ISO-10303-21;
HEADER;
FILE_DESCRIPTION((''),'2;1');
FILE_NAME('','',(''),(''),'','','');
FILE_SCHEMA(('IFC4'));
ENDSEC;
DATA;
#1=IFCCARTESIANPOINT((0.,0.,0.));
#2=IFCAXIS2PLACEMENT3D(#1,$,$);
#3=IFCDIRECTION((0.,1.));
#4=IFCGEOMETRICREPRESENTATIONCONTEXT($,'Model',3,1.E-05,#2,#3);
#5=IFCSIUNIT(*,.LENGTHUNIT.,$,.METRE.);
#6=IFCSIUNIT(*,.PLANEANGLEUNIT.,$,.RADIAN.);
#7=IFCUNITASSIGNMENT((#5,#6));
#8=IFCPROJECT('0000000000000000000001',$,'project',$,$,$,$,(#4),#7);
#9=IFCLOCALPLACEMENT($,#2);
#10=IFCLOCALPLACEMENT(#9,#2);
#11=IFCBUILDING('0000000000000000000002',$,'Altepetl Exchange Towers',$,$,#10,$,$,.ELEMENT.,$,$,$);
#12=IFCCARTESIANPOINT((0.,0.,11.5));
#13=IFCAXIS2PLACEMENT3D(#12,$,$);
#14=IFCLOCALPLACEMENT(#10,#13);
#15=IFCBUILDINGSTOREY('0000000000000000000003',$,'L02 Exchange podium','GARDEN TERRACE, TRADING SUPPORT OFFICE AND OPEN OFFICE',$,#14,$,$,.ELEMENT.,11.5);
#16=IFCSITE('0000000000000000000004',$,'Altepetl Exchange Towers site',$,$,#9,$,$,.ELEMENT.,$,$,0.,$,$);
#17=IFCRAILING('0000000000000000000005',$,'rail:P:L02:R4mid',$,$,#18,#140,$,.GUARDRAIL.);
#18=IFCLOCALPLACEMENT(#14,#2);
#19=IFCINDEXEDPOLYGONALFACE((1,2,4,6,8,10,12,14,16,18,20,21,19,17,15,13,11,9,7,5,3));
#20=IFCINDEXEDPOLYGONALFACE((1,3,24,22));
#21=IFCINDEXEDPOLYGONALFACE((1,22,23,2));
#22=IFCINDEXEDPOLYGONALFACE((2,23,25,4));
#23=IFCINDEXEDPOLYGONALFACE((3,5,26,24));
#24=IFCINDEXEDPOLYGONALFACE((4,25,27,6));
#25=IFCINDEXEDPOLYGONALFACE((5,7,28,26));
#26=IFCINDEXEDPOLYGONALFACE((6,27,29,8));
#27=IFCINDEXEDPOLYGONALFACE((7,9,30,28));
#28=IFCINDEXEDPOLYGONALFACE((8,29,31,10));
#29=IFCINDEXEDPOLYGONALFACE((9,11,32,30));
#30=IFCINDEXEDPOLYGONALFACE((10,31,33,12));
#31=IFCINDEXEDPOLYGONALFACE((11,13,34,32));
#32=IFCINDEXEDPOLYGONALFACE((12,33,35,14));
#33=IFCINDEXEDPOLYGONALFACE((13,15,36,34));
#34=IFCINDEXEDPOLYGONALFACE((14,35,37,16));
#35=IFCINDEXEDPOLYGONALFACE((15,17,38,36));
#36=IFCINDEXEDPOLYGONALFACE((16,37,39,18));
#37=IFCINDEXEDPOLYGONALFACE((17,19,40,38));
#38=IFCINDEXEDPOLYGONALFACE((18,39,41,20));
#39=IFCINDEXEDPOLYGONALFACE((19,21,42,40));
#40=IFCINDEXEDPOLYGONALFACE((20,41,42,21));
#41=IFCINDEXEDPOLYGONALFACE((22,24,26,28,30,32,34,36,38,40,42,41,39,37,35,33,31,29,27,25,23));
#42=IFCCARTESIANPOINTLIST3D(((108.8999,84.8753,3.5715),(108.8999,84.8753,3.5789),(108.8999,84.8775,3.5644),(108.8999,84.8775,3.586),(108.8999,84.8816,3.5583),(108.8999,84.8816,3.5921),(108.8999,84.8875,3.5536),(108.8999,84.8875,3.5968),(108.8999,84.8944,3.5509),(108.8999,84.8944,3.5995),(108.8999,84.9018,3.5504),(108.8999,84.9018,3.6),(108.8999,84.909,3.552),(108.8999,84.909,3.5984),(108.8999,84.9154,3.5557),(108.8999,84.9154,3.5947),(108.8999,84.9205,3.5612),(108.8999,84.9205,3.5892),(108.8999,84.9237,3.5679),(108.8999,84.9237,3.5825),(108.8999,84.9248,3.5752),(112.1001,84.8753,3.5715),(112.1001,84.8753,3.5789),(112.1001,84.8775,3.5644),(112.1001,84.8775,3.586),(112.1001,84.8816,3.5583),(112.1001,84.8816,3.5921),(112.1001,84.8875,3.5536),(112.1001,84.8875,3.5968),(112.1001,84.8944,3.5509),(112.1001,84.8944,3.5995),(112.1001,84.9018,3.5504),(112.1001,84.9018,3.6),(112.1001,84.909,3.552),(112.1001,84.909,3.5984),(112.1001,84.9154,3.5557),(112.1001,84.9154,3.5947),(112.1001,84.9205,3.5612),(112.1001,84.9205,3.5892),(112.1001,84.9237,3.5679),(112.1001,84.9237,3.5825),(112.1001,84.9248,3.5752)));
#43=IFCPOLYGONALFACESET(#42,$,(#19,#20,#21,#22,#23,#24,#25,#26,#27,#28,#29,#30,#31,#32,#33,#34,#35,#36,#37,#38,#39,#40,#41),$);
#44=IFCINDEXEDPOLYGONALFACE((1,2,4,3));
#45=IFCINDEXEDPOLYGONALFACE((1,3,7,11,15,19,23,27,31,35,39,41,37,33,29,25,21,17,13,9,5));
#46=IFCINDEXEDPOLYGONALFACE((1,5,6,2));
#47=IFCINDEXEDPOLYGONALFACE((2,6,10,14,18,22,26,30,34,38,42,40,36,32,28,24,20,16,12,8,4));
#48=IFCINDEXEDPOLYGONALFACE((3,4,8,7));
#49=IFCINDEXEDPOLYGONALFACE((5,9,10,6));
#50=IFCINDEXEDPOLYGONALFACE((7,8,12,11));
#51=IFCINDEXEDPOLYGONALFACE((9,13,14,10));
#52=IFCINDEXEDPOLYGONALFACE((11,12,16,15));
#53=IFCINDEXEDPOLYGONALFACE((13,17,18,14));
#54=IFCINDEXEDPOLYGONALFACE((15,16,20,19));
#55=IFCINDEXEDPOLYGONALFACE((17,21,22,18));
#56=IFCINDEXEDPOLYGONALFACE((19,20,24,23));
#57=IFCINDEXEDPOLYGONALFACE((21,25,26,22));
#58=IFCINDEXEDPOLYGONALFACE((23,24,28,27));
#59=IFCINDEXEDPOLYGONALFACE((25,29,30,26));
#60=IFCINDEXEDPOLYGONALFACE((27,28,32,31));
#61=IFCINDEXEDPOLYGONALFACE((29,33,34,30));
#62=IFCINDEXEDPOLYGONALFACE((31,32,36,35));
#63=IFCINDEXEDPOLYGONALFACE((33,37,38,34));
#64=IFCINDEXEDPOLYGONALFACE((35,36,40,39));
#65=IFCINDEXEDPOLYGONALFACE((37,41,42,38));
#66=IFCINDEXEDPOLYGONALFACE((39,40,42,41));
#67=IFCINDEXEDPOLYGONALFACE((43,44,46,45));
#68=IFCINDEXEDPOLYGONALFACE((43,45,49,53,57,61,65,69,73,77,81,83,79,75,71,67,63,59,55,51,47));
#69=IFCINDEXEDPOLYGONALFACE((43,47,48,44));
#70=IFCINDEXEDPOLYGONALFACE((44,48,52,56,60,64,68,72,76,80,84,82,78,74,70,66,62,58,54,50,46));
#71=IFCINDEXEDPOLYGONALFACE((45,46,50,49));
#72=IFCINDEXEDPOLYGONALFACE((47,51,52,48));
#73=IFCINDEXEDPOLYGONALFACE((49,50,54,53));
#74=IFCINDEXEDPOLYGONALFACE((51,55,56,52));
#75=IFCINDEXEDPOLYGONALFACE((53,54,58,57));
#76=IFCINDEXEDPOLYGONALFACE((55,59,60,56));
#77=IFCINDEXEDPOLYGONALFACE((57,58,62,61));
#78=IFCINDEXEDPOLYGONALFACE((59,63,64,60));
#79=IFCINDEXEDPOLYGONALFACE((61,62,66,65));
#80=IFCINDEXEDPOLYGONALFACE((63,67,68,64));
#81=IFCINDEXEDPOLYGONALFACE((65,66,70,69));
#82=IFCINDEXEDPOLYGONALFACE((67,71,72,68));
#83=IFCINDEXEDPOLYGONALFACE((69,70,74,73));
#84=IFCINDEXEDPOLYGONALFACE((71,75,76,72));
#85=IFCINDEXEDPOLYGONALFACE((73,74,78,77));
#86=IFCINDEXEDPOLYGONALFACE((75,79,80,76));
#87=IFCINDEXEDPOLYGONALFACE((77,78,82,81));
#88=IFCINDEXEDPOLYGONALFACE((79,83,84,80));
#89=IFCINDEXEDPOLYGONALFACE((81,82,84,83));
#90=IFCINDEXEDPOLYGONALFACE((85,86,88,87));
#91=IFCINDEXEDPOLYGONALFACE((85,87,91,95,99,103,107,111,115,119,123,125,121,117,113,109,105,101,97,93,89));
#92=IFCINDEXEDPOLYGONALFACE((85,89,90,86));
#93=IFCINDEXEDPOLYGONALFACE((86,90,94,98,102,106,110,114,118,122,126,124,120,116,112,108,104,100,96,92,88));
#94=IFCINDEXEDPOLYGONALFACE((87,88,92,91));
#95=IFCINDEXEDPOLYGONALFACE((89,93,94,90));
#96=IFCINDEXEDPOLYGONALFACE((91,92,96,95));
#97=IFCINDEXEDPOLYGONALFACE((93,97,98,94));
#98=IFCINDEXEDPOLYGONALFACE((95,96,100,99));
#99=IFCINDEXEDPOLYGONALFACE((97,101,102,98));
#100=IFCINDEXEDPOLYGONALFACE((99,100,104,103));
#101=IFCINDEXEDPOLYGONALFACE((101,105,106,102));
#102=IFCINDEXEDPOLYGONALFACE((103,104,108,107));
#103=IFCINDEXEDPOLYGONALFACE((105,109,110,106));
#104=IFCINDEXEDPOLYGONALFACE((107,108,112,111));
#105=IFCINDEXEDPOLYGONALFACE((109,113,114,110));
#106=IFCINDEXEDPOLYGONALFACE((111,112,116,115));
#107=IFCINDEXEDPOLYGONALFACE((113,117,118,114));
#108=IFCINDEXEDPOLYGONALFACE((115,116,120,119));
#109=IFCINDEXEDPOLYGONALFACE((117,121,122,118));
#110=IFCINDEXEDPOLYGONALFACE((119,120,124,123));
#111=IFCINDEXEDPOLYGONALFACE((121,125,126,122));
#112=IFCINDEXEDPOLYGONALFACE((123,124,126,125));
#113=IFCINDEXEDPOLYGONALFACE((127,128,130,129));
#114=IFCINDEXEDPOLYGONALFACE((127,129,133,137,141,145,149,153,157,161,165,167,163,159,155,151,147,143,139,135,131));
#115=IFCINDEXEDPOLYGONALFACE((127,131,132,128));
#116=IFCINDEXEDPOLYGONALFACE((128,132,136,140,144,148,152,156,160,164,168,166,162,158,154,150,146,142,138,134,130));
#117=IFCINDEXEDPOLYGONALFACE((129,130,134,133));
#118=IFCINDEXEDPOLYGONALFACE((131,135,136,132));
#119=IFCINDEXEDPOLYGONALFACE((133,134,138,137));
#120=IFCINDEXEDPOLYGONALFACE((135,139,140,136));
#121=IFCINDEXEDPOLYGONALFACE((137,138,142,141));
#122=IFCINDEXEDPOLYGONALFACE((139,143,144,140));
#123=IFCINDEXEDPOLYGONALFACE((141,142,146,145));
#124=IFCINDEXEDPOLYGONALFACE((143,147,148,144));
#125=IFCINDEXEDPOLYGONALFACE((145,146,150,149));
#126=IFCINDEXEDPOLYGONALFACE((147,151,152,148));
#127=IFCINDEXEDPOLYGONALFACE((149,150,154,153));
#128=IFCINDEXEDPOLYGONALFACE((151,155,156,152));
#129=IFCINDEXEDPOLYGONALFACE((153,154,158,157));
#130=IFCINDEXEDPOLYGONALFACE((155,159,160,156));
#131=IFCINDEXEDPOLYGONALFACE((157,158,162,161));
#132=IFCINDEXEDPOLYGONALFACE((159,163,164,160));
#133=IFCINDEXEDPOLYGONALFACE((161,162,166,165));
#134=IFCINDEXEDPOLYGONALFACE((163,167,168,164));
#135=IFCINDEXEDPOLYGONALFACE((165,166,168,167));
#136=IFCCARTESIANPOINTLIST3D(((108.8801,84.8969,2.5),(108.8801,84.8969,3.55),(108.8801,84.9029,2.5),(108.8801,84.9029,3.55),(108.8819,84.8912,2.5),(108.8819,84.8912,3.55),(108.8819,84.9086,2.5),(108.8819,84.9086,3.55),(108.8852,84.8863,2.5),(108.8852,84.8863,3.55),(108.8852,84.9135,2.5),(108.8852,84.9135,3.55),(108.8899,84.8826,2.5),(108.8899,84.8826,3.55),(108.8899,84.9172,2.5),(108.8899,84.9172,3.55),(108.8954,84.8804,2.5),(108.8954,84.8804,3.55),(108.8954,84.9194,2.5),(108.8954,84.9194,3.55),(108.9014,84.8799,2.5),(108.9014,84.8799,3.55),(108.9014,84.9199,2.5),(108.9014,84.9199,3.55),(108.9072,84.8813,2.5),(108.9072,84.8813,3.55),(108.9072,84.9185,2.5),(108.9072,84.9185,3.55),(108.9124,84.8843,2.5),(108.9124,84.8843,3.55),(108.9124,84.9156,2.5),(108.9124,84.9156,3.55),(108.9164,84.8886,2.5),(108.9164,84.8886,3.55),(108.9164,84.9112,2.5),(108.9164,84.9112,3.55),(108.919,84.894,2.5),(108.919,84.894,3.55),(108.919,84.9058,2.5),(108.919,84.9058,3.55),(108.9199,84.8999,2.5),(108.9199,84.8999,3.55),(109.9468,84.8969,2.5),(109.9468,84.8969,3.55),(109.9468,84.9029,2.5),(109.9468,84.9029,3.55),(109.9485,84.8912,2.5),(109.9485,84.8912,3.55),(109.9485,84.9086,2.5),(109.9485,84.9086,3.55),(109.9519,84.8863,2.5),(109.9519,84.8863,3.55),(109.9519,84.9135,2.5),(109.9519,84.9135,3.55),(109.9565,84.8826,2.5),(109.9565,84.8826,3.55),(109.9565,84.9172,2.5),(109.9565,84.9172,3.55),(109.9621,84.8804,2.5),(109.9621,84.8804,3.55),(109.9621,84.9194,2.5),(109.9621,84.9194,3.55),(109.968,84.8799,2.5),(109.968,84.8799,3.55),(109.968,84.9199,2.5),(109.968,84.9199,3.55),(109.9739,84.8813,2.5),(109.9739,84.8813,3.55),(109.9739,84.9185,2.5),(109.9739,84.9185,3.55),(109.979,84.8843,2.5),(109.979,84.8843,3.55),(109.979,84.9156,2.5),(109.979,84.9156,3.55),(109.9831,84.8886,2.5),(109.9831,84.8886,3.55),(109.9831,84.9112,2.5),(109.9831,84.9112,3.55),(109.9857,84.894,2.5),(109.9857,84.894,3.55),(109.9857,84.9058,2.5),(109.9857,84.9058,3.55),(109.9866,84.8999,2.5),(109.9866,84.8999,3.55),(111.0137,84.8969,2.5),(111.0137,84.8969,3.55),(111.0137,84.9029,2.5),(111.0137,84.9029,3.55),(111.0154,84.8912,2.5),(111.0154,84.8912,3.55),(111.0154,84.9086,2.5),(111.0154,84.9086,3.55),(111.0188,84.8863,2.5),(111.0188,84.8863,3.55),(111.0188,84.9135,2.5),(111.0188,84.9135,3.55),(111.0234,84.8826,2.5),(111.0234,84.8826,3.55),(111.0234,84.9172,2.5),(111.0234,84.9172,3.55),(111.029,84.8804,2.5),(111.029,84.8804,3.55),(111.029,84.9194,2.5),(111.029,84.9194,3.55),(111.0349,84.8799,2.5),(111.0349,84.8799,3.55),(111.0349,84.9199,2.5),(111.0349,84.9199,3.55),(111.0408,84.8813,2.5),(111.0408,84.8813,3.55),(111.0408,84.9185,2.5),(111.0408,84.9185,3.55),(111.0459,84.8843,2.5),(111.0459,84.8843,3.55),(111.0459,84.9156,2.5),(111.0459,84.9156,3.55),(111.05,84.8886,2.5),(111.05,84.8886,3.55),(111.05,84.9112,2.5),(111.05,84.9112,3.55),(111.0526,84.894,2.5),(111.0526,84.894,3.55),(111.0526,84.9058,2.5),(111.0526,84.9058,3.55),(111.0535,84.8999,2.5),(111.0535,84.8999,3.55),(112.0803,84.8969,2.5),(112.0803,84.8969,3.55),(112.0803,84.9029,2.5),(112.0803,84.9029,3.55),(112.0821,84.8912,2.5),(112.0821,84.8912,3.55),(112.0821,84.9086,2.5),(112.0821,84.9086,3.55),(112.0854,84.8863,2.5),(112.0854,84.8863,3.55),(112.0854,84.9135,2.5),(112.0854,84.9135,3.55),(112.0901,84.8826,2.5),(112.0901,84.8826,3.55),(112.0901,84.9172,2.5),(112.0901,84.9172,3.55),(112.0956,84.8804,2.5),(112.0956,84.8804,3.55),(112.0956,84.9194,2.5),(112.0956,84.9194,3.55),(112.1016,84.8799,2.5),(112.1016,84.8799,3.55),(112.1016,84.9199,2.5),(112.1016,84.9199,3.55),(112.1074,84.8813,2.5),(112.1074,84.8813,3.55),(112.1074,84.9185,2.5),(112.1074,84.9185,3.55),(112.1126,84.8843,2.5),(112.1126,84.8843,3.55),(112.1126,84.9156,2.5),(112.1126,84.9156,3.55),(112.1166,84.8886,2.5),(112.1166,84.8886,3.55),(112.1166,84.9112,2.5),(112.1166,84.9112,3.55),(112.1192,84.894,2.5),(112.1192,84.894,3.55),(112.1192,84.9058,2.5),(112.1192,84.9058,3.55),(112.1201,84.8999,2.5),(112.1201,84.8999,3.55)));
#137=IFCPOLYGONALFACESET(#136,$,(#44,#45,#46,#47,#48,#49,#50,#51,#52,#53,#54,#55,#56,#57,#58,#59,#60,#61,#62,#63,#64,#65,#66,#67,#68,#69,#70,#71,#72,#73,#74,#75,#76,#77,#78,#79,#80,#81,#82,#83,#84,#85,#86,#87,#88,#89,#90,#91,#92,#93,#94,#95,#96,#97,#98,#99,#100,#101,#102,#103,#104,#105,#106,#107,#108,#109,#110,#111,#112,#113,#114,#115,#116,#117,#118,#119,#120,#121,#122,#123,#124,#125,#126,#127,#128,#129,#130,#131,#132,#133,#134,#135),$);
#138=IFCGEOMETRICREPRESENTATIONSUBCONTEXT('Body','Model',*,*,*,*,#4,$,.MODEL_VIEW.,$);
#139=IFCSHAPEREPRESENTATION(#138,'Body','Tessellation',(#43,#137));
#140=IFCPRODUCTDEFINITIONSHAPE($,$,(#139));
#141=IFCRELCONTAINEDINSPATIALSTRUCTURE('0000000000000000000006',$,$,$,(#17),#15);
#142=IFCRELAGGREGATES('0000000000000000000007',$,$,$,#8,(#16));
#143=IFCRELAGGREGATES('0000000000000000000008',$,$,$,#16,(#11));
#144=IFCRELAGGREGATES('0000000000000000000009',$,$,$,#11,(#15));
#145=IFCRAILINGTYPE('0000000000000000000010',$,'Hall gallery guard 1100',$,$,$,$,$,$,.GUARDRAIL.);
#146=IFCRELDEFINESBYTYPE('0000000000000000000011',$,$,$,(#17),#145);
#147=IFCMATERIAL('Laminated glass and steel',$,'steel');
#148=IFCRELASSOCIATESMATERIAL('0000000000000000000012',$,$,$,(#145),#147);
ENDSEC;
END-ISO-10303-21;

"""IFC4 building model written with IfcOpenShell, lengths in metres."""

from ifc_helpers import new_model, si_unit, direction, frame, origin, origin_2d, place, context, subcontext, project, spatial, circle, extrude, source, transform, mapped, material, type_object, element, save


model = new_model("IFC4")

# Units and contexts
model_context = context("Model", 3, precision=1e-05, world=origin(), true_north=direction((0.0, 1.0)))
body_context = subcontext(model_context, "Body", "Model", "MODEL_VIEW")
ifc_project = project(units=[si_unit("LENGTHUNIT", "METRE"), si_unit("PLANEANGLEUNIT", "RADIAN")], contexts=[model_context])

# Site, building, storey
site_placement = place(None, origin())
site = spatial("IfcSite", under=ifc_project, at=site_placement, Name="Altepetl Exchange Towers site", CompositionType="ELEMENT", RefElevation=0.0)
building_placement = place(site_placement, origin())
building = spatial("IfcBuilding", under=site, at=building_placement, Name="Altepetl Exchange Towers", CompositionType="ELEMENT")
storey_placement = place(building_placement, frame((0.0, 0.0, 11.5)))
storey = spatial("IfcBuildingStorey", under=building, at=storey_placement, Name="L02 Exchange podium", Description="GARDEN TERRACE, TRADING SUPPORT OFFICE AND OPEN OFFICE", CompositionType="ELEMENT", Elevation=11.5)

# Railing
ifc_material_1 = material(Name="Laminated glass and steel", Category="steel")
railing_type_1 = type_object("IfcRailingType", Name="Hall gallery guard 1100", PredefinedType="GUARDRAIL", material=ifc_material_1)
shared_shape_1 = source(origin(), body_context, "Body", "SweptSolid", [
    extrude(circle(Radius=0.02, at=origin_2d()), origin(), (0.0, 0.0, 1.0), 1.05),
])
for number, where, name in (
    (1, (108.8999, 84.8999, 2.5), "rail:P:L02:R4mid"),
):
    element("IfcRailing", number, at=place(storey_placement, frame(where)), inside=storey, type_object=railing_type_1, Name=name, PredefinedType="GUARDRAIL", context=body_context, shape_type="SweptSolid", body=[
        extrude(circle(Radius=0.0249, at=origin_2d()), frame((0.0, 0.0, 1.0752), z_axis=(1.0, 0.0, 0.0), x_axis=(0.0, 1.0, 0.0)), (0.0, 0.0, 1.0), 3.2002),
        mapped(shared_shape_1, transform((0.0, 0.0, 0.0))),
        mapped(shared_shape_1, transform((1.0667, 0.0, 0.0))),
        mapped(shared_shape_1, transform((2.1335, 0.0, 0.0))),
        mapped(shared_shape_1, transform((3.2002, 0.0, 0.0))),
    ])

save(model, "model.ifc")
